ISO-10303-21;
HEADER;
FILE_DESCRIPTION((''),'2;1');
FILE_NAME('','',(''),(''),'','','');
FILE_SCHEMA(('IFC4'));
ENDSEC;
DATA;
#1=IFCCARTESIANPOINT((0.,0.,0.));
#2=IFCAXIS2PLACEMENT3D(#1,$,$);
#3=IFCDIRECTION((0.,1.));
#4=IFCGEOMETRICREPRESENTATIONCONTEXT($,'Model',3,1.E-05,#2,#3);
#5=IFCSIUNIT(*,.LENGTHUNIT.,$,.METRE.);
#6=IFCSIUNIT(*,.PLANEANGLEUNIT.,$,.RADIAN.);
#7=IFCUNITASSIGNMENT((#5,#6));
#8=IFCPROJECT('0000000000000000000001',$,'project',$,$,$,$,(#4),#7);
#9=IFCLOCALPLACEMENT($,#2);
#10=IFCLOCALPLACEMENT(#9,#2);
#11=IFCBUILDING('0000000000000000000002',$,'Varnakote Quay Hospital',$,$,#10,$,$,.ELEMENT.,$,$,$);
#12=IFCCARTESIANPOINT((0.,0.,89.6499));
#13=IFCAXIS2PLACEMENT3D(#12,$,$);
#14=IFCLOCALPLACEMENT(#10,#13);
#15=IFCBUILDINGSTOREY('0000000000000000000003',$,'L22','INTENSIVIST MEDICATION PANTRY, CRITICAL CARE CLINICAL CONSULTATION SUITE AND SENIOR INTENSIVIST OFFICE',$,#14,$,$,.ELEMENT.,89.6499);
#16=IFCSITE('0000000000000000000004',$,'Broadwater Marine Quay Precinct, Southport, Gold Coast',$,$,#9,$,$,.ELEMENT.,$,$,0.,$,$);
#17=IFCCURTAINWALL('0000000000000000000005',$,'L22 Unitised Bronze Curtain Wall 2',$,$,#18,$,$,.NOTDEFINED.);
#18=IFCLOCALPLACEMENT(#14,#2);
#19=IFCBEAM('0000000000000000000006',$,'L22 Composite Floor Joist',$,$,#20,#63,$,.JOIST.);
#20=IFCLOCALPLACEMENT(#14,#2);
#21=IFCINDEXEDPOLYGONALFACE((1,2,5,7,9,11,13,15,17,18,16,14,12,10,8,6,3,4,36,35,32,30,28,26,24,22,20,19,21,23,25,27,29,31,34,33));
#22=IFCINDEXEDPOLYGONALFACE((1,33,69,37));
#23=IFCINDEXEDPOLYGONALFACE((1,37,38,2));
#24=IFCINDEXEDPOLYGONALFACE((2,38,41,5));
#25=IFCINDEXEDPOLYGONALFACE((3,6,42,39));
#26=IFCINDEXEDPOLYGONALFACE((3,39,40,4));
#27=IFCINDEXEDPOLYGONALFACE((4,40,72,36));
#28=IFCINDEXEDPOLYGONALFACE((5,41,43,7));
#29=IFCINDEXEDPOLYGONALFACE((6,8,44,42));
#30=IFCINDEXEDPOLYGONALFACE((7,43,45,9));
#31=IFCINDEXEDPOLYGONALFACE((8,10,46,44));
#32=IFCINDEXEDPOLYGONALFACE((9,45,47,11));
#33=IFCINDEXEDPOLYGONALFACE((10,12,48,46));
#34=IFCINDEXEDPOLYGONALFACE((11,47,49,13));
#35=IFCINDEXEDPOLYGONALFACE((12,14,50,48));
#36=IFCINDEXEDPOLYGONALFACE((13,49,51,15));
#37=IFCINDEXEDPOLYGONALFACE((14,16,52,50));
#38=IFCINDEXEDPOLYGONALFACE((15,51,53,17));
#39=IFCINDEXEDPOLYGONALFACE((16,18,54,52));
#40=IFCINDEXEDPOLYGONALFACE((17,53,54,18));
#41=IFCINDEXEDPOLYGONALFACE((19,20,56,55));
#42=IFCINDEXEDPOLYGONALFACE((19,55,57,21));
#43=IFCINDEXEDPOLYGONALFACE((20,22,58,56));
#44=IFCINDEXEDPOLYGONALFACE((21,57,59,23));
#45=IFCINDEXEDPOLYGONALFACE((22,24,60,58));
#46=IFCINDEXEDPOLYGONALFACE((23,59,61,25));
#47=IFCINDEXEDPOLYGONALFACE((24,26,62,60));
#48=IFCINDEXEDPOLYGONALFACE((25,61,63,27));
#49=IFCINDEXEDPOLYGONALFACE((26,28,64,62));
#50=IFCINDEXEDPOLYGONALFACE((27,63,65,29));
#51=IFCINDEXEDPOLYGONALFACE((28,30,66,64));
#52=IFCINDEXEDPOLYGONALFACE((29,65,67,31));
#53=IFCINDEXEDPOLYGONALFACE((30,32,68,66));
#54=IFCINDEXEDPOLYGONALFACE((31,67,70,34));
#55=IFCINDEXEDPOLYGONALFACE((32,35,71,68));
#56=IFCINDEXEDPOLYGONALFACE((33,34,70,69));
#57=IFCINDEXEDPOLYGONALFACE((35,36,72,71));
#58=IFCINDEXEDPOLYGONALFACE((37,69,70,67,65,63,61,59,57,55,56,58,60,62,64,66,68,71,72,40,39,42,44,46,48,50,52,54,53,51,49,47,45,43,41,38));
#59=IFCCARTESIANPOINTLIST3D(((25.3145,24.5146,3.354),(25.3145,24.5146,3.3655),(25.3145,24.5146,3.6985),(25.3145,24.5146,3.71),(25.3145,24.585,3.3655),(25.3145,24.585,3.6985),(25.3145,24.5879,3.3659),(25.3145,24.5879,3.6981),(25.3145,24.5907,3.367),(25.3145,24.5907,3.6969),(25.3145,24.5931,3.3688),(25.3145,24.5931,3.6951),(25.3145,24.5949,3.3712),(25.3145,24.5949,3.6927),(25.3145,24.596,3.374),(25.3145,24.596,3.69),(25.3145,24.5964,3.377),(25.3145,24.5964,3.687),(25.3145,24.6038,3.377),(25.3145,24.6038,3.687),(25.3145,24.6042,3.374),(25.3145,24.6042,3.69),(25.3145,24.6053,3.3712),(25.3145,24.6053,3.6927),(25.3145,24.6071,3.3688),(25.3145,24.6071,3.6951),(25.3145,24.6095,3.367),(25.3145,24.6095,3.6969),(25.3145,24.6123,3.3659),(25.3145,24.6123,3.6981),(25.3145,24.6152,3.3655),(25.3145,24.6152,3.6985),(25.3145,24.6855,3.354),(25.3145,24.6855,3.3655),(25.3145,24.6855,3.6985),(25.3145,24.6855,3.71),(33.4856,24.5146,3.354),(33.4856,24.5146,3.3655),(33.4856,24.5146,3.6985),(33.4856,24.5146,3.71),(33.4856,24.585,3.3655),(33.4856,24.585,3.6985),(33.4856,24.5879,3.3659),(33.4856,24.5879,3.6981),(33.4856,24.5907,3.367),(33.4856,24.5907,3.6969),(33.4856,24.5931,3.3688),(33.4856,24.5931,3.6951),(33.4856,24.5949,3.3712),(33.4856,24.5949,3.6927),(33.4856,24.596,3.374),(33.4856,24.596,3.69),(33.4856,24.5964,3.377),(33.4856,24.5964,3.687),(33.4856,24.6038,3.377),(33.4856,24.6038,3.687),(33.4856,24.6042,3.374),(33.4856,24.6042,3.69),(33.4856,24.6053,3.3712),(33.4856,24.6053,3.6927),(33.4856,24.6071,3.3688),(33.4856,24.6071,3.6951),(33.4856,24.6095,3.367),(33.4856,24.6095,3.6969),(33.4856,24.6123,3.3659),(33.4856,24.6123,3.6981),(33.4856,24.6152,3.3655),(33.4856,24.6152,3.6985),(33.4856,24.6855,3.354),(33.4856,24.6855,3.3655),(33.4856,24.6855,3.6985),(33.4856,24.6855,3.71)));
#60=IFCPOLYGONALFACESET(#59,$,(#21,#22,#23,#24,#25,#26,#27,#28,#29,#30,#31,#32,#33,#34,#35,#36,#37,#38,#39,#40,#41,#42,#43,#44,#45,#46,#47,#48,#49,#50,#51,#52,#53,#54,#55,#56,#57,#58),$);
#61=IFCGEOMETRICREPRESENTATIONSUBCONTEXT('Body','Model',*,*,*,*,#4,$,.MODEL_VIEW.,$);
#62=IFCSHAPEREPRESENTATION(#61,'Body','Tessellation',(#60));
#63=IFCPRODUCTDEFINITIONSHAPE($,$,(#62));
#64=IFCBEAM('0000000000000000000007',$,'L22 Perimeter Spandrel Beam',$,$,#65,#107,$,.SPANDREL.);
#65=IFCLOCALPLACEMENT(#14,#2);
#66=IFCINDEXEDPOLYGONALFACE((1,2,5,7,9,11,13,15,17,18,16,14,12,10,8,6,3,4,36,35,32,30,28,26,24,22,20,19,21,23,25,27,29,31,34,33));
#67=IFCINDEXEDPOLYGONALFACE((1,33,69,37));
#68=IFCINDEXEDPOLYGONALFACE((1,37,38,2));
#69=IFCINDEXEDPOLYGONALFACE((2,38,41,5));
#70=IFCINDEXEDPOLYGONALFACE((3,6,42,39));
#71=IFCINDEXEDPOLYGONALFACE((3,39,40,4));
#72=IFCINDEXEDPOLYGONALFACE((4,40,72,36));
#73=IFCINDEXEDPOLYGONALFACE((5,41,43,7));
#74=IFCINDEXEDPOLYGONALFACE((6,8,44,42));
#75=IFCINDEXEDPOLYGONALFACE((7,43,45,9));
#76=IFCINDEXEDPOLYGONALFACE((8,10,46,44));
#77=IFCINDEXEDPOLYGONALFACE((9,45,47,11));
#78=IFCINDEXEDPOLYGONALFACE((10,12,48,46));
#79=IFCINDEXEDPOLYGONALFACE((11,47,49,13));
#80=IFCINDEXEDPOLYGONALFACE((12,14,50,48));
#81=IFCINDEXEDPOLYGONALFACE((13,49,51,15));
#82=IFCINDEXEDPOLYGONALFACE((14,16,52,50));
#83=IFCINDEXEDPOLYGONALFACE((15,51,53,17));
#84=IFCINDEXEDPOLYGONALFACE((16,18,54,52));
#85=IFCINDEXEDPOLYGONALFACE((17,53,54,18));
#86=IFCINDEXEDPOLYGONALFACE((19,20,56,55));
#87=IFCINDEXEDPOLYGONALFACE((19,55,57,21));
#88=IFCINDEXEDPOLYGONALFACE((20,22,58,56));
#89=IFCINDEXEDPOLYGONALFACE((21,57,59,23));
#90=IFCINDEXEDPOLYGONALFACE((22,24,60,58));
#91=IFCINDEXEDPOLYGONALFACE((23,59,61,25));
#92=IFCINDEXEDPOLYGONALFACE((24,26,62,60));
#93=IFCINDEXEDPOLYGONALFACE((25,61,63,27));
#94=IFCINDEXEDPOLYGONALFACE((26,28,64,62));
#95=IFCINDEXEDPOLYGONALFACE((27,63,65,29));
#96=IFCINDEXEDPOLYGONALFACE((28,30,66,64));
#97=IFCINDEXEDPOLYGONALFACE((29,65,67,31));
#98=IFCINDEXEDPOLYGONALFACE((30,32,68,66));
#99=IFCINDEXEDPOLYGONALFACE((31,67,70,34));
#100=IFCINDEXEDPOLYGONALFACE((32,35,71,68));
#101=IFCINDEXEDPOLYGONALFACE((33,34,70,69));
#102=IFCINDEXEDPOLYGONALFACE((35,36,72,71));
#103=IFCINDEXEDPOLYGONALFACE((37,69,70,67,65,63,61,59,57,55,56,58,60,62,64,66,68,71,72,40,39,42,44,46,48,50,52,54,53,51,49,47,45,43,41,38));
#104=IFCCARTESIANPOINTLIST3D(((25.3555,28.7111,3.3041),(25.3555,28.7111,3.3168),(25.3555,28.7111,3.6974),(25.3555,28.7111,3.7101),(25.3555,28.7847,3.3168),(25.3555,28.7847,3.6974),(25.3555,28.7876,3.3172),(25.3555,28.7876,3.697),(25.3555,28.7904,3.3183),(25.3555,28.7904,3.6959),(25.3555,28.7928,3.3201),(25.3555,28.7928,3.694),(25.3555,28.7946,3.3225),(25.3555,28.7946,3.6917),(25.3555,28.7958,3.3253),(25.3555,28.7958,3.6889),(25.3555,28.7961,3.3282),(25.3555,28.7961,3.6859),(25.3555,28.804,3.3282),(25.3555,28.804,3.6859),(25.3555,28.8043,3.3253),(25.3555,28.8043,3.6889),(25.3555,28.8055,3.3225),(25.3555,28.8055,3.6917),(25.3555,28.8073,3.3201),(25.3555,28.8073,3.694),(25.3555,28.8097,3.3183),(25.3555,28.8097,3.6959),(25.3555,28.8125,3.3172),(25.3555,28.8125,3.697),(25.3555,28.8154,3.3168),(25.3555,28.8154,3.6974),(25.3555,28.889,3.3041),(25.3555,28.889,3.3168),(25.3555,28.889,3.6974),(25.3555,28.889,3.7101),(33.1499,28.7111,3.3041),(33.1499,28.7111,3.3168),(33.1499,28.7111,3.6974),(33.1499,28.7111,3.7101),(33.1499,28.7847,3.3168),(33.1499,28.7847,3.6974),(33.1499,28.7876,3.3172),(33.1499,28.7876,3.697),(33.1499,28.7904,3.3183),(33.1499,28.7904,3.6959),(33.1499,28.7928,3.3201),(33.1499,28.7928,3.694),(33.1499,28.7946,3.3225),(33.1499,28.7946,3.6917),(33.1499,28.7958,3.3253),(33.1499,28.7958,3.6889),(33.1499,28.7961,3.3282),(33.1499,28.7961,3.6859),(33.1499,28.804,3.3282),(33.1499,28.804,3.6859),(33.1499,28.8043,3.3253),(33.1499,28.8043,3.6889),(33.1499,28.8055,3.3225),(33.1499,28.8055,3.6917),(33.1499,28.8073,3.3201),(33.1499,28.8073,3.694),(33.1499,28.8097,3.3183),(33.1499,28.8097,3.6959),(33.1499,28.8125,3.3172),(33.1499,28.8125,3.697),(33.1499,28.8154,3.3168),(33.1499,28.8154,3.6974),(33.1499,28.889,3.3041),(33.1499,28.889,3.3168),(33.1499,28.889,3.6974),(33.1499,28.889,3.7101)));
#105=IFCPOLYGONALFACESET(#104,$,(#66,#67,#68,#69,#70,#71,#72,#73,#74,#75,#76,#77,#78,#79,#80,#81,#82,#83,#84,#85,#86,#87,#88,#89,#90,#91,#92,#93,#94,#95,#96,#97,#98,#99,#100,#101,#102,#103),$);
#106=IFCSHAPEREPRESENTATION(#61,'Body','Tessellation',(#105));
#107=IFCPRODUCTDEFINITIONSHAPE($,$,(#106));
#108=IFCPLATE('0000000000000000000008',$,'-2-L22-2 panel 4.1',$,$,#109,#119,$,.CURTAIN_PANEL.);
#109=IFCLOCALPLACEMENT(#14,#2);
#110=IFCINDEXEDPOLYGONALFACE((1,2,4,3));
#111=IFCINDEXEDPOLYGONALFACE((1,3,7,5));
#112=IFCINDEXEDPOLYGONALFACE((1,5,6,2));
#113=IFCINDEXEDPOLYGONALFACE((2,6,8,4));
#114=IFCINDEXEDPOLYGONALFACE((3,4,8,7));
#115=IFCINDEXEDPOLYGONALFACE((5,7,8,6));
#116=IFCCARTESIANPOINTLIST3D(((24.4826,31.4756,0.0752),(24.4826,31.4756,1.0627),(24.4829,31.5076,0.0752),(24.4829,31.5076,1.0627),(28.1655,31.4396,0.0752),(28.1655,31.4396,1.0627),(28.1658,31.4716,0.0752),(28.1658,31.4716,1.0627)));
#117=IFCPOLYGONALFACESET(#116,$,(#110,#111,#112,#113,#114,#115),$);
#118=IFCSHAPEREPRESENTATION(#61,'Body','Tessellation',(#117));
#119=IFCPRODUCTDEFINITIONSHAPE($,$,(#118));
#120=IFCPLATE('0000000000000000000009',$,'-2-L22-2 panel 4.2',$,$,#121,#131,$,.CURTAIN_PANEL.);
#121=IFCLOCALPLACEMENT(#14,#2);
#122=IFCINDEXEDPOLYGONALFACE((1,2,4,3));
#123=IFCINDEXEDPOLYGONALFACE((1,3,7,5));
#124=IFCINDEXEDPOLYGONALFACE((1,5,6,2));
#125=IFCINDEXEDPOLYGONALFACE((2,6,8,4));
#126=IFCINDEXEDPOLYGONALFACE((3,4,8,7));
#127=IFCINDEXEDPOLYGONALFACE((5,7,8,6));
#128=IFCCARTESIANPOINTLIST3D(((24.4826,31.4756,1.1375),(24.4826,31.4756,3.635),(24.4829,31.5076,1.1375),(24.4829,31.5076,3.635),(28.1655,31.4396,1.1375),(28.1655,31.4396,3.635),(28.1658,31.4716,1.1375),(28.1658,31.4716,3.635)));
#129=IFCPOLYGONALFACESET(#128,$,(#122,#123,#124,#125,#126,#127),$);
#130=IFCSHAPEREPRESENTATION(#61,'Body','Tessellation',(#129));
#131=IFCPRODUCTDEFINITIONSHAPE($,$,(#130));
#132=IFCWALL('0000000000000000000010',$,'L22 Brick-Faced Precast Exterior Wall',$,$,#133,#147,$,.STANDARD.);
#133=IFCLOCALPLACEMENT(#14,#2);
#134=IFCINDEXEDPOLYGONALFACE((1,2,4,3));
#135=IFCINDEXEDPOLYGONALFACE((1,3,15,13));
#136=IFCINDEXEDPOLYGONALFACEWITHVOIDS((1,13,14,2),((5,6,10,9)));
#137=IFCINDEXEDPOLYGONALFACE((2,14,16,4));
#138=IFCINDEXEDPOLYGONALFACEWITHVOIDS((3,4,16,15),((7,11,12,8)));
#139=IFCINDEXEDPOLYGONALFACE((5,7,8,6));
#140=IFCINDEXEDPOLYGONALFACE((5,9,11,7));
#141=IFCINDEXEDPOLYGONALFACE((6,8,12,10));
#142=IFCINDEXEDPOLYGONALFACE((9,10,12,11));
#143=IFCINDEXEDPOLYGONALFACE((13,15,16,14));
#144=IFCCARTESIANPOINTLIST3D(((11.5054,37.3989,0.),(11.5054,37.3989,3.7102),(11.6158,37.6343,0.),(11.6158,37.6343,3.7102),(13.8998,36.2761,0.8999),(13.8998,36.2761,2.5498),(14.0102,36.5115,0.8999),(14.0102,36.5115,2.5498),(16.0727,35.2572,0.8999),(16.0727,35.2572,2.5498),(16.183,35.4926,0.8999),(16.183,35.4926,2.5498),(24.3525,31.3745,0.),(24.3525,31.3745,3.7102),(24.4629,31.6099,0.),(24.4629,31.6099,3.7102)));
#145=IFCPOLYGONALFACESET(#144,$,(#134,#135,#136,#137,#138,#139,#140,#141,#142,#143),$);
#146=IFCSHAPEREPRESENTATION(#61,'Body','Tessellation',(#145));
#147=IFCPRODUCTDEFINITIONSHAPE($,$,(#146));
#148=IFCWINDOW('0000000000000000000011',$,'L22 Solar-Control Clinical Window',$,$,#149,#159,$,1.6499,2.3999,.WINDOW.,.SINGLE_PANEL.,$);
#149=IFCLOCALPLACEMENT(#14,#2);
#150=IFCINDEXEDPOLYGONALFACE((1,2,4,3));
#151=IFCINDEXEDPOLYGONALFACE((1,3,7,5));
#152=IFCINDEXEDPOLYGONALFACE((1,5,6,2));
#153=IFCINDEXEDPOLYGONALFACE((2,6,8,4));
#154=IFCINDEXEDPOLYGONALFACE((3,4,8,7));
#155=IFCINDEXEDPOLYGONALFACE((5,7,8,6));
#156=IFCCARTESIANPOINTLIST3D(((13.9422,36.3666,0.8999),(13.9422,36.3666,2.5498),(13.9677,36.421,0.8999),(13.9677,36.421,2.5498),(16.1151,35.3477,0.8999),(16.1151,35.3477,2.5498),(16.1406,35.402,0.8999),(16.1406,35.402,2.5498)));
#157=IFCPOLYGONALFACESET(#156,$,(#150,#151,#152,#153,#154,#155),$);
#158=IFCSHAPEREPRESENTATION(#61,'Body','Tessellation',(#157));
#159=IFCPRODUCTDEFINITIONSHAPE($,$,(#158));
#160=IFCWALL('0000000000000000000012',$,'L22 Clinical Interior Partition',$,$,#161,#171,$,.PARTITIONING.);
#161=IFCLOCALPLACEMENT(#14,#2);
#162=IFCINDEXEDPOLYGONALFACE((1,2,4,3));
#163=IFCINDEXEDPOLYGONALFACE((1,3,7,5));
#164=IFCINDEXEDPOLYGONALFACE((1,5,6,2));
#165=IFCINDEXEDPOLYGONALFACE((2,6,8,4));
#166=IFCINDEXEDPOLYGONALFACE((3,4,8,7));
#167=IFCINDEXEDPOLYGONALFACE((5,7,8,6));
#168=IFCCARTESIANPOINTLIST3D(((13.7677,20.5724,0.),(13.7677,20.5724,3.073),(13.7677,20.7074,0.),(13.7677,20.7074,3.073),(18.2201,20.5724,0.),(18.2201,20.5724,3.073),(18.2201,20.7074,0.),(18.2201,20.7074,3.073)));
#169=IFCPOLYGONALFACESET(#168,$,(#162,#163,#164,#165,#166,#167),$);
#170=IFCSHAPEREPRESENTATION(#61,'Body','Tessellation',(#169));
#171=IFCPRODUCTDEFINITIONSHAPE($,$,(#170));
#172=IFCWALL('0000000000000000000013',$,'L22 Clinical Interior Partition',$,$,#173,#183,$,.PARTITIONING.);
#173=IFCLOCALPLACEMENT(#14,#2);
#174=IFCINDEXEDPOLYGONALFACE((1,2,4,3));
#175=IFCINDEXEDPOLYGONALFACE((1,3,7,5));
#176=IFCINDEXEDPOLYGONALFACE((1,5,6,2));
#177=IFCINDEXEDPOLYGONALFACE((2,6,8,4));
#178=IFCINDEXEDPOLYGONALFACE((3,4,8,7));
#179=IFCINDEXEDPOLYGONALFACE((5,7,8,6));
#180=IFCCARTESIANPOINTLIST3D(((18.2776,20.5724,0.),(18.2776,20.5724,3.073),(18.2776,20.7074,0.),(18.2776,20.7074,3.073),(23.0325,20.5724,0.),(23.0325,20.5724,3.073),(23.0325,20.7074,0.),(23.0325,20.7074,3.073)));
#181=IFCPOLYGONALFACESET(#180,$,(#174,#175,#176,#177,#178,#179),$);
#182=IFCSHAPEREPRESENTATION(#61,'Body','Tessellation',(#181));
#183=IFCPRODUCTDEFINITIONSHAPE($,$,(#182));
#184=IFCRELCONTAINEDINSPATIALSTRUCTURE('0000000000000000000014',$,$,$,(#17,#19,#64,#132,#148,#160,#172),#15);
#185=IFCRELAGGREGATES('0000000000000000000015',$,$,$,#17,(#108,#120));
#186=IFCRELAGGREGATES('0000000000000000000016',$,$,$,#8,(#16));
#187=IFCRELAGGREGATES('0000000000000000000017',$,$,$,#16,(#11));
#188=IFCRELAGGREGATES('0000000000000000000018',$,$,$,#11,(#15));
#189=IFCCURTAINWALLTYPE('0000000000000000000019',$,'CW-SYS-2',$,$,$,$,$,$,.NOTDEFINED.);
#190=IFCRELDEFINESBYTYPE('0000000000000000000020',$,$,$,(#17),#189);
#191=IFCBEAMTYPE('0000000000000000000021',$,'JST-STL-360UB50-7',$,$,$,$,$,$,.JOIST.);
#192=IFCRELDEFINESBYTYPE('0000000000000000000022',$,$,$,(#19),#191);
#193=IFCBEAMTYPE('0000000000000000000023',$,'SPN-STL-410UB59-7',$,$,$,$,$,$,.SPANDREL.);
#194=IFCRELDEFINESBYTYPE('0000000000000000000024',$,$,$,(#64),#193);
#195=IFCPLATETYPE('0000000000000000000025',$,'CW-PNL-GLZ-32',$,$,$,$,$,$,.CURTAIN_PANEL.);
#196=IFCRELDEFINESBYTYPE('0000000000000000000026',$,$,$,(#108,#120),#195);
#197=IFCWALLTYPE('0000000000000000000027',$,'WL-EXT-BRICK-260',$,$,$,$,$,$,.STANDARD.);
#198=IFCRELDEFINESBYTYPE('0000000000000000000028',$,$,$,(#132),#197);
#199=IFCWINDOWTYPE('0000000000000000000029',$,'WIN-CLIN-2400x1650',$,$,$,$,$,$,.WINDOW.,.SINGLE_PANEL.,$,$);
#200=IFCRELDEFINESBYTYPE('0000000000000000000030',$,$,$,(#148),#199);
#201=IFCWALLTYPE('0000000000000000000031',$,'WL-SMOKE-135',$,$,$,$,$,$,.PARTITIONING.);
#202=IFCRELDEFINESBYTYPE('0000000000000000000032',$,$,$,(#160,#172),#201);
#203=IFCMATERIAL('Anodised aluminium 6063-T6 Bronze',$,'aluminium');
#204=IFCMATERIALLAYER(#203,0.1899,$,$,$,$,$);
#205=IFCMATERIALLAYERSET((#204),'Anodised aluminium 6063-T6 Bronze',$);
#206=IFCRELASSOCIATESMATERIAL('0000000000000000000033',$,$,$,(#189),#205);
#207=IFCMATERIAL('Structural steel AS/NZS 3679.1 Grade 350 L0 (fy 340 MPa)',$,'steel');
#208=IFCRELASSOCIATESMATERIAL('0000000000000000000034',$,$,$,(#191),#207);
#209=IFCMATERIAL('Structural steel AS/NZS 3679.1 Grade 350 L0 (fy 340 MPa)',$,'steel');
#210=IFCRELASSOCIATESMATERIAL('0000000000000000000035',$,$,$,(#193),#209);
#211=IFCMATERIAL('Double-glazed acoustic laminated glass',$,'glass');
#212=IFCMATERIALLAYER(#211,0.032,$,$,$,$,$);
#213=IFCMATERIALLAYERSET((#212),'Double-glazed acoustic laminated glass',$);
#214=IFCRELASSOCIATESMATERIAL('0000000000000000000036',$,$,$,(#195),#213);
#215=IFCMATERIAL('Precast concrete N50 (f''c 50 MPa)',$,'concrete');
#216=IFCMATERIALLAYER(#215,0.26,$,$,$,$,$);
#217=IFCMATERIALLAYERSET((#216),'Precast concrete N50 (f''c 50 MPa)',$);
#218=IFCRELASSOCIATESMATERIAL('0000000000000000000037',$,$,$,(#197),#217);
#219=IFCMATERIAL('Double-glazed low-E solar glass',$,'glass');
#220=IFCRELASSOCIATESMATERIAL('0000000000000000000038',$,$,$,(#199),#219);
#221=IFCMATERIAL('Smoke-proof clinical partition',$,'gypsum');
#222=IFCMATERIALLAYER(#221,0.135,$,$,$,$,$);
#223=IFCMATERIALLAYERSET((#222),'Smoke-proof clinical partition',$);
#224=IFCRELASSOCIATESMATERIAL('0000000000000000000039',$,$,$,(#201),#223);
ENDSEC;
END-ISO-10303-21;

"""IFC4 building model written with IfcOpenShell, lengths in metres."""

from ifc_helpers import new_model, si_unit, direction, frame, frame_2d, origin, origin_2d, place, context, subcontext, project, spatial, rectangle, i_section, extrude, material, layer, layer_set, material_profile, profile_set, type_object, element, fill, aggregate, save


model = new_model("IFC4")

# Units and contexts
model_context = context("Model", 3, precision=1e-05, world=origin(), true_north=direction((0.0, 1.0)))
body_context = subcontext(model_context, "Body", "Model", "MODEL_VIEW")
ifc_project = project(units=[si_unit("LENGTHUNIT", "METRE"), si_unit("PLANEANGLEUNIT", "RADIAN")], contexts=[model_context])

# Site, building, storey
site_placement = place(None, origin())
site = spatial("IfcSite", under=ifc_project, at=site_placement, Name="Broadwater Marine Quay Precinct, Southport, Gold Coast", CompositionType="ELEMENT", RefElevation=0.0)
building_placement = place(site_placement, origin())
building = spatial("IfcBuilding", under=site, at=building_placement, Name="Varnakote Quay Hospital", CompositionType="ELEMENT")
storey_placement = place(building_placement, frame((0.0, 0.0, 89.6499)))
storey = spatial("IfcBuildingStorey", under=building, at=storey_placement, Name="L22", Description="INTENSIVIST MEDICATION PANTRY, CRITICAL CARE CLINICAL CONSULTATION SUITE AND SENIOR INTENSIVIST OFFICE", CompositionType="ELEMENT", Elevation=89.6499)

# Curtain wall
ifc_material_1 = material(Name="Anodised aluminium 6063-T6 Bronze", Category="aluminium")
ifc_layer_1 = layer(ifc_material_1, 0.1899)
ifc_layer_set_1 = layer_set([ifc_layer_1], Name="Anodised aluminium 6063-T6 Bronze")
curtain_wall_type = type_object("IfcCurtainWallType", Name="CW-SYS-2", PredefinedType="NOTDEFINED", material=ifc_layer_set_1)
curtain_wall_placement = place(storey_placement, origin())
curtain_wall = element("IfcCurtainWall", 1, at=curtain_wall_placement, inside=storey, type_object=curtain_wall_type, Name="L22 Unitised Bronze Curtain Wall 2", PredefinedType="NOTDEFINED")

# Beams
ifc_material_2 = material(Name="Structural steel AS/NZS 3679.1 Grade 350 L0 (fy 340 MPa)", Category="steel")
ifc_material_profile_1 = material_profile(ifc_material_2, i_section(OverallWidth=0.1709, OverallDepth=0.356, WebThickness=0.0073, FlangeThickness=0.0115, FilletRadius=0.0115, at=origin_2d()), Name="360UB50.7")
ifc_profile_set_1 = profile_set([ifc_material_profile_1], Name="Structural steel AS/NZS 3679.1 Grade 350 L0 (fy 340 MPa)")
beam_type_1 = type_object("IfcBeamType", Name="JST-STL-360UB50-7", PredefinedType="JOIST", material=ifc_profile_set_1)
beam_1_placement = place(storey_placement, frame((25.3145, 24.6001, 3.532), z_axis=(1.0, 0.0, 0.0), x_axis=(0.0, 1.0, 0.0)))
element("IfcBeam", 2, at=beam_1_placement, inside=storey, type_object=beam_type_1, Name="L22 Composite Floor Joist", PredefinedType="JOIST", context=body_context, shape_type="SweptSolid", body=[
    extrude(i_section(OverallWidth=0.1709, OverallDepth=0.356, WebThickness=0.0073, FlangeThickness=0.0115, FilletRadius=0.0115, at=origin_2d()), origin(), (0.0, 0.0, 1.0), 8.1711),
])
ifc_material_3 = material(Name="Structural steel AS/NZS 3679.1 Grade 350 L0 (fy 340 MPa)", Category="steel")
ifc_material_profile_2 = material_profile(ifc_material_3, i_section(OverallWidth=0.178, OverallDepth=0.406, WebThickness=0.0078, FlangeThickness=0.0127, FilletRadius=0.0115, at=origin_2d()), Name="410UB59.7")
ifc_profile_set_2 = profile_set([ifc_material_profile_2], Name="Structural steel AS/NZS 3679.1 Grade 350 L0 (fy 340 MPa)")
beam_type_2 = type_object("IfcBeamType", Name="SPN-STL-410UB59-7", PredefinedType="SPANDREL", material=ifc_profile_set_2)
beam_2_placement = place(storey_placement, frame((25.3555, 28.8, 3.5071), z_axis=(1.0, 0.0, 0.0), x_axis=(0.0, 1.0, 0.0)))
element("IfcBeam", 3, at=beam_2_placement, inside=storey, type_object=beam_type_2, Name="L22 Perimeter Spandrel Beam", PredefinedType="SPANDREL", context=body_context, shape_type="SweptSolid", body=[
    extrude(i_section(OverallWidth=0.178, OverallDepth=0.406, WebThickness=0.0078, FlangeThickness=0.0127, FilletRadius=0.0115, at=origin_2d()), origin(), (0.0, 0.0, 1.0), 7.7944),
])

# Plates
ifc_material_4 = material(Name="Double-glazed acoustic laminated glass", Category="glass")
ifc_layer_2 = layer(ifc_material_4, 0.032)
ifc_layer_set_2 = layer_set([ifc_layer_2], Name="Double-glazed acoustic laminated glass")
plate_type = type_object("IfcPlateType", Name="CW-PNL-GLZ-32", PredefinedType="CURTAIN_PANEL", material=ifc_layer_set_2)
plate_1_placement = place(storey_placement, frame((26.3242, 31.4736, 0.0752), z_axis=(0.0, 0.0, 1.0), x_axis=(-0.999952, 0.009774, 0.0)))
plate_1 = element("IfcPlate", 4, at=plate_1_placement, type_object=plate_type, Name="-2-L22-2 panel 4.1", PredefinedType="CURTAIN_PANEL", context=body_context, shape_type="SweptSolid", body=[
    extrude(rectangle(XDim=3.6831, YDim=0.032, at=origin_2d()), origin(), (0.0, 0.0, 1.0), 0.9875),
])
plate_2_placement = place(storey_placement, frame((26.3242, 31.4736, 1.1375), z_axis=(0.0, 0.0, 1.0), x_axis=(-0.999952, 0.009774, 0.0)))
plate_2 = element("IfcPlate", 5, at=plate_2_placement, type_object=plate_type, Name="-2-L22-2 panel 4.2", PredefinedType="CURTAIN_PANEL", context=body_context, shape_type="SweptSolid", body=[
    extrude(rectangle(XDim=3.6831, YDim=0.032, at=origin_2d()), origin(), (0.0, 0.0, 1.0), 2.4976),
])
aggregate(curtain_wall, [plate_1, plate_2])

# Wall, opening, window
ifc_material_5 = material(Name="Precast concrete N50 (f'c 50 MPa)", Category="concrete")
ifc_layer_3 = layer(ifc_material_5, 0.26)
ifc_layer_set_3 = layer_set([ifc_layer_3], Name="Precast concrete N50 (f'c 50 MPa)")
wall_type_1 = type_object("IfcWallType", Name="WL-EXT-BRICK-260", PredefinedType="STANDARD", material=ifc_layer_set_3)
wall_1_placement = place(storey_placement, frame((24.4077, 31.4922, 0.0), z_axis=(0.0, 0.0, 1.0), x_axis=(-0.905397, 0.424567, 0.0)))
wall_1 = element("IfcWall", 6, at=wall_1_placement, inside=storey, type_object=wall_type_1, Name="L22 Brick-Faced Precast Exterior Wall", PredefinedType="STANDARD", context=body_context, shape_type="SweptSolid", body=[
    extrude(rectangle(XDim=14.1895, YDim=0.26, at=frame_2d((7.0947, 0.0))), origin(), (0.0, 0.0, 1.0), 3.7102),
])
opening_1_placement = place(wall_1_placement, frame((9.145, 0.0, 0.8999)))
opening_1 = element("IfcOpeningElement", 7, at=opening_1_placement, cuts=wall_1, PredefinedType="OPENING", context=body_context, shape_type="SweptSolid", body=[
    extrude(rectangle(XDim=2.3999, YDim=1.6499, at=frame_2d((1.2, 0.825))), frame((0.0, 0.1399, 0.0), z_axis=(0.0, -1.0, 0.0), x_axis=(1.0, 0.0, 0.0)), (0.0, 0.0, 1.0), 0.28),
])
ifc_material_6 = material(Name="Double-glazed low-E solar glass", Category="glass")
window_type = type_object("IfcWindowType", Name="WIN-CLIN-2400x1650", PartitioningType="SINGLE_PANEL", PredefinedType="WINDOW", material=ifc_material_6)
window_placement = place(opening_1_placement, origin())
window = element("IfcWindow", 8, at=window_placement, inside=storey, type_object=window_type, Name="L22 Solar-Control Clinical Window", OverallHeight=1.6499, OverallWidth=2.3999, PartitioningType="SINGLE_PANEL", PredefinedType="WINDOW", context=body_context, shape_type="SweptSolid", body=[
    extrude(rectangle(XDim=2.3999, YDim=1.6499, at=frame_2d((1.2, 0.825))), frame((0.0, 0.03, 0.0), z_axis=(0.0, -1.0, 0.0), x_axis=(1.0, 0.0, 0.0)), (0.0, 0.0, 1.0), 0.0601),
])
fill(opening_1, window)

# Walls
ifc_material_7 = material(Name="Smoke-proof clinical partition", Category="gypsum")
ifc_layer_4 = layer(ifc_material_7, 0.135)
ifc_layer_set_4 = layer_set([ifc_layer_4], Name="Smoke-proof clinical partition")
wall_type_2 = type_object("IfcWallType", Name="WL-SMOKE-135", PredefinedType="PARTITIONING", material=ifc_layer_set_4)
wall_2_placement = place(storey_placement, frame((18.22, 20.6399, 0.0), z_axis=(0.0, 0.0, 1.0), x_axis=(-1.0, 0.0, 0.0)))
element("IfcWall", 9, at=wall_2_placement, inside=storey, type_object=wall_type_2, Name="L22 Clinical Interior Partition", PredefinedType="PARTITIONING", context=body_context, shape_type="SweptSolid", body=[
    extrude(rectangle(XDim=4.4524, YDim=0.135, at=frame_2d((2.2261, 0.0))), origin(), (0.0, 0.0, 1.0), 3.073),
])
wall_3_placement = place(storey_placement, frame((23.0325, 20.6399, 0.0), z_axis=(0.0, 0.0, 1.0), x_axis=(-1.0, 0.0, 0.0)))
element("IfcWall", 10, at=wall_3_placement, inside=storey, type_object=wall_type_2, Name="L22 Clinical Interior Partition", PredefinedType="PARTITIONING", context=body_context, shape_type="SweptSolid", body=[
    extrude(rectangle(XDim=4.7549, YDim=0.135, at=frame_2d((2.3774, 0.0))), origin(), (0.0, 0.0, 1.0), 3.073),
])

save(model, "model.ifc")
